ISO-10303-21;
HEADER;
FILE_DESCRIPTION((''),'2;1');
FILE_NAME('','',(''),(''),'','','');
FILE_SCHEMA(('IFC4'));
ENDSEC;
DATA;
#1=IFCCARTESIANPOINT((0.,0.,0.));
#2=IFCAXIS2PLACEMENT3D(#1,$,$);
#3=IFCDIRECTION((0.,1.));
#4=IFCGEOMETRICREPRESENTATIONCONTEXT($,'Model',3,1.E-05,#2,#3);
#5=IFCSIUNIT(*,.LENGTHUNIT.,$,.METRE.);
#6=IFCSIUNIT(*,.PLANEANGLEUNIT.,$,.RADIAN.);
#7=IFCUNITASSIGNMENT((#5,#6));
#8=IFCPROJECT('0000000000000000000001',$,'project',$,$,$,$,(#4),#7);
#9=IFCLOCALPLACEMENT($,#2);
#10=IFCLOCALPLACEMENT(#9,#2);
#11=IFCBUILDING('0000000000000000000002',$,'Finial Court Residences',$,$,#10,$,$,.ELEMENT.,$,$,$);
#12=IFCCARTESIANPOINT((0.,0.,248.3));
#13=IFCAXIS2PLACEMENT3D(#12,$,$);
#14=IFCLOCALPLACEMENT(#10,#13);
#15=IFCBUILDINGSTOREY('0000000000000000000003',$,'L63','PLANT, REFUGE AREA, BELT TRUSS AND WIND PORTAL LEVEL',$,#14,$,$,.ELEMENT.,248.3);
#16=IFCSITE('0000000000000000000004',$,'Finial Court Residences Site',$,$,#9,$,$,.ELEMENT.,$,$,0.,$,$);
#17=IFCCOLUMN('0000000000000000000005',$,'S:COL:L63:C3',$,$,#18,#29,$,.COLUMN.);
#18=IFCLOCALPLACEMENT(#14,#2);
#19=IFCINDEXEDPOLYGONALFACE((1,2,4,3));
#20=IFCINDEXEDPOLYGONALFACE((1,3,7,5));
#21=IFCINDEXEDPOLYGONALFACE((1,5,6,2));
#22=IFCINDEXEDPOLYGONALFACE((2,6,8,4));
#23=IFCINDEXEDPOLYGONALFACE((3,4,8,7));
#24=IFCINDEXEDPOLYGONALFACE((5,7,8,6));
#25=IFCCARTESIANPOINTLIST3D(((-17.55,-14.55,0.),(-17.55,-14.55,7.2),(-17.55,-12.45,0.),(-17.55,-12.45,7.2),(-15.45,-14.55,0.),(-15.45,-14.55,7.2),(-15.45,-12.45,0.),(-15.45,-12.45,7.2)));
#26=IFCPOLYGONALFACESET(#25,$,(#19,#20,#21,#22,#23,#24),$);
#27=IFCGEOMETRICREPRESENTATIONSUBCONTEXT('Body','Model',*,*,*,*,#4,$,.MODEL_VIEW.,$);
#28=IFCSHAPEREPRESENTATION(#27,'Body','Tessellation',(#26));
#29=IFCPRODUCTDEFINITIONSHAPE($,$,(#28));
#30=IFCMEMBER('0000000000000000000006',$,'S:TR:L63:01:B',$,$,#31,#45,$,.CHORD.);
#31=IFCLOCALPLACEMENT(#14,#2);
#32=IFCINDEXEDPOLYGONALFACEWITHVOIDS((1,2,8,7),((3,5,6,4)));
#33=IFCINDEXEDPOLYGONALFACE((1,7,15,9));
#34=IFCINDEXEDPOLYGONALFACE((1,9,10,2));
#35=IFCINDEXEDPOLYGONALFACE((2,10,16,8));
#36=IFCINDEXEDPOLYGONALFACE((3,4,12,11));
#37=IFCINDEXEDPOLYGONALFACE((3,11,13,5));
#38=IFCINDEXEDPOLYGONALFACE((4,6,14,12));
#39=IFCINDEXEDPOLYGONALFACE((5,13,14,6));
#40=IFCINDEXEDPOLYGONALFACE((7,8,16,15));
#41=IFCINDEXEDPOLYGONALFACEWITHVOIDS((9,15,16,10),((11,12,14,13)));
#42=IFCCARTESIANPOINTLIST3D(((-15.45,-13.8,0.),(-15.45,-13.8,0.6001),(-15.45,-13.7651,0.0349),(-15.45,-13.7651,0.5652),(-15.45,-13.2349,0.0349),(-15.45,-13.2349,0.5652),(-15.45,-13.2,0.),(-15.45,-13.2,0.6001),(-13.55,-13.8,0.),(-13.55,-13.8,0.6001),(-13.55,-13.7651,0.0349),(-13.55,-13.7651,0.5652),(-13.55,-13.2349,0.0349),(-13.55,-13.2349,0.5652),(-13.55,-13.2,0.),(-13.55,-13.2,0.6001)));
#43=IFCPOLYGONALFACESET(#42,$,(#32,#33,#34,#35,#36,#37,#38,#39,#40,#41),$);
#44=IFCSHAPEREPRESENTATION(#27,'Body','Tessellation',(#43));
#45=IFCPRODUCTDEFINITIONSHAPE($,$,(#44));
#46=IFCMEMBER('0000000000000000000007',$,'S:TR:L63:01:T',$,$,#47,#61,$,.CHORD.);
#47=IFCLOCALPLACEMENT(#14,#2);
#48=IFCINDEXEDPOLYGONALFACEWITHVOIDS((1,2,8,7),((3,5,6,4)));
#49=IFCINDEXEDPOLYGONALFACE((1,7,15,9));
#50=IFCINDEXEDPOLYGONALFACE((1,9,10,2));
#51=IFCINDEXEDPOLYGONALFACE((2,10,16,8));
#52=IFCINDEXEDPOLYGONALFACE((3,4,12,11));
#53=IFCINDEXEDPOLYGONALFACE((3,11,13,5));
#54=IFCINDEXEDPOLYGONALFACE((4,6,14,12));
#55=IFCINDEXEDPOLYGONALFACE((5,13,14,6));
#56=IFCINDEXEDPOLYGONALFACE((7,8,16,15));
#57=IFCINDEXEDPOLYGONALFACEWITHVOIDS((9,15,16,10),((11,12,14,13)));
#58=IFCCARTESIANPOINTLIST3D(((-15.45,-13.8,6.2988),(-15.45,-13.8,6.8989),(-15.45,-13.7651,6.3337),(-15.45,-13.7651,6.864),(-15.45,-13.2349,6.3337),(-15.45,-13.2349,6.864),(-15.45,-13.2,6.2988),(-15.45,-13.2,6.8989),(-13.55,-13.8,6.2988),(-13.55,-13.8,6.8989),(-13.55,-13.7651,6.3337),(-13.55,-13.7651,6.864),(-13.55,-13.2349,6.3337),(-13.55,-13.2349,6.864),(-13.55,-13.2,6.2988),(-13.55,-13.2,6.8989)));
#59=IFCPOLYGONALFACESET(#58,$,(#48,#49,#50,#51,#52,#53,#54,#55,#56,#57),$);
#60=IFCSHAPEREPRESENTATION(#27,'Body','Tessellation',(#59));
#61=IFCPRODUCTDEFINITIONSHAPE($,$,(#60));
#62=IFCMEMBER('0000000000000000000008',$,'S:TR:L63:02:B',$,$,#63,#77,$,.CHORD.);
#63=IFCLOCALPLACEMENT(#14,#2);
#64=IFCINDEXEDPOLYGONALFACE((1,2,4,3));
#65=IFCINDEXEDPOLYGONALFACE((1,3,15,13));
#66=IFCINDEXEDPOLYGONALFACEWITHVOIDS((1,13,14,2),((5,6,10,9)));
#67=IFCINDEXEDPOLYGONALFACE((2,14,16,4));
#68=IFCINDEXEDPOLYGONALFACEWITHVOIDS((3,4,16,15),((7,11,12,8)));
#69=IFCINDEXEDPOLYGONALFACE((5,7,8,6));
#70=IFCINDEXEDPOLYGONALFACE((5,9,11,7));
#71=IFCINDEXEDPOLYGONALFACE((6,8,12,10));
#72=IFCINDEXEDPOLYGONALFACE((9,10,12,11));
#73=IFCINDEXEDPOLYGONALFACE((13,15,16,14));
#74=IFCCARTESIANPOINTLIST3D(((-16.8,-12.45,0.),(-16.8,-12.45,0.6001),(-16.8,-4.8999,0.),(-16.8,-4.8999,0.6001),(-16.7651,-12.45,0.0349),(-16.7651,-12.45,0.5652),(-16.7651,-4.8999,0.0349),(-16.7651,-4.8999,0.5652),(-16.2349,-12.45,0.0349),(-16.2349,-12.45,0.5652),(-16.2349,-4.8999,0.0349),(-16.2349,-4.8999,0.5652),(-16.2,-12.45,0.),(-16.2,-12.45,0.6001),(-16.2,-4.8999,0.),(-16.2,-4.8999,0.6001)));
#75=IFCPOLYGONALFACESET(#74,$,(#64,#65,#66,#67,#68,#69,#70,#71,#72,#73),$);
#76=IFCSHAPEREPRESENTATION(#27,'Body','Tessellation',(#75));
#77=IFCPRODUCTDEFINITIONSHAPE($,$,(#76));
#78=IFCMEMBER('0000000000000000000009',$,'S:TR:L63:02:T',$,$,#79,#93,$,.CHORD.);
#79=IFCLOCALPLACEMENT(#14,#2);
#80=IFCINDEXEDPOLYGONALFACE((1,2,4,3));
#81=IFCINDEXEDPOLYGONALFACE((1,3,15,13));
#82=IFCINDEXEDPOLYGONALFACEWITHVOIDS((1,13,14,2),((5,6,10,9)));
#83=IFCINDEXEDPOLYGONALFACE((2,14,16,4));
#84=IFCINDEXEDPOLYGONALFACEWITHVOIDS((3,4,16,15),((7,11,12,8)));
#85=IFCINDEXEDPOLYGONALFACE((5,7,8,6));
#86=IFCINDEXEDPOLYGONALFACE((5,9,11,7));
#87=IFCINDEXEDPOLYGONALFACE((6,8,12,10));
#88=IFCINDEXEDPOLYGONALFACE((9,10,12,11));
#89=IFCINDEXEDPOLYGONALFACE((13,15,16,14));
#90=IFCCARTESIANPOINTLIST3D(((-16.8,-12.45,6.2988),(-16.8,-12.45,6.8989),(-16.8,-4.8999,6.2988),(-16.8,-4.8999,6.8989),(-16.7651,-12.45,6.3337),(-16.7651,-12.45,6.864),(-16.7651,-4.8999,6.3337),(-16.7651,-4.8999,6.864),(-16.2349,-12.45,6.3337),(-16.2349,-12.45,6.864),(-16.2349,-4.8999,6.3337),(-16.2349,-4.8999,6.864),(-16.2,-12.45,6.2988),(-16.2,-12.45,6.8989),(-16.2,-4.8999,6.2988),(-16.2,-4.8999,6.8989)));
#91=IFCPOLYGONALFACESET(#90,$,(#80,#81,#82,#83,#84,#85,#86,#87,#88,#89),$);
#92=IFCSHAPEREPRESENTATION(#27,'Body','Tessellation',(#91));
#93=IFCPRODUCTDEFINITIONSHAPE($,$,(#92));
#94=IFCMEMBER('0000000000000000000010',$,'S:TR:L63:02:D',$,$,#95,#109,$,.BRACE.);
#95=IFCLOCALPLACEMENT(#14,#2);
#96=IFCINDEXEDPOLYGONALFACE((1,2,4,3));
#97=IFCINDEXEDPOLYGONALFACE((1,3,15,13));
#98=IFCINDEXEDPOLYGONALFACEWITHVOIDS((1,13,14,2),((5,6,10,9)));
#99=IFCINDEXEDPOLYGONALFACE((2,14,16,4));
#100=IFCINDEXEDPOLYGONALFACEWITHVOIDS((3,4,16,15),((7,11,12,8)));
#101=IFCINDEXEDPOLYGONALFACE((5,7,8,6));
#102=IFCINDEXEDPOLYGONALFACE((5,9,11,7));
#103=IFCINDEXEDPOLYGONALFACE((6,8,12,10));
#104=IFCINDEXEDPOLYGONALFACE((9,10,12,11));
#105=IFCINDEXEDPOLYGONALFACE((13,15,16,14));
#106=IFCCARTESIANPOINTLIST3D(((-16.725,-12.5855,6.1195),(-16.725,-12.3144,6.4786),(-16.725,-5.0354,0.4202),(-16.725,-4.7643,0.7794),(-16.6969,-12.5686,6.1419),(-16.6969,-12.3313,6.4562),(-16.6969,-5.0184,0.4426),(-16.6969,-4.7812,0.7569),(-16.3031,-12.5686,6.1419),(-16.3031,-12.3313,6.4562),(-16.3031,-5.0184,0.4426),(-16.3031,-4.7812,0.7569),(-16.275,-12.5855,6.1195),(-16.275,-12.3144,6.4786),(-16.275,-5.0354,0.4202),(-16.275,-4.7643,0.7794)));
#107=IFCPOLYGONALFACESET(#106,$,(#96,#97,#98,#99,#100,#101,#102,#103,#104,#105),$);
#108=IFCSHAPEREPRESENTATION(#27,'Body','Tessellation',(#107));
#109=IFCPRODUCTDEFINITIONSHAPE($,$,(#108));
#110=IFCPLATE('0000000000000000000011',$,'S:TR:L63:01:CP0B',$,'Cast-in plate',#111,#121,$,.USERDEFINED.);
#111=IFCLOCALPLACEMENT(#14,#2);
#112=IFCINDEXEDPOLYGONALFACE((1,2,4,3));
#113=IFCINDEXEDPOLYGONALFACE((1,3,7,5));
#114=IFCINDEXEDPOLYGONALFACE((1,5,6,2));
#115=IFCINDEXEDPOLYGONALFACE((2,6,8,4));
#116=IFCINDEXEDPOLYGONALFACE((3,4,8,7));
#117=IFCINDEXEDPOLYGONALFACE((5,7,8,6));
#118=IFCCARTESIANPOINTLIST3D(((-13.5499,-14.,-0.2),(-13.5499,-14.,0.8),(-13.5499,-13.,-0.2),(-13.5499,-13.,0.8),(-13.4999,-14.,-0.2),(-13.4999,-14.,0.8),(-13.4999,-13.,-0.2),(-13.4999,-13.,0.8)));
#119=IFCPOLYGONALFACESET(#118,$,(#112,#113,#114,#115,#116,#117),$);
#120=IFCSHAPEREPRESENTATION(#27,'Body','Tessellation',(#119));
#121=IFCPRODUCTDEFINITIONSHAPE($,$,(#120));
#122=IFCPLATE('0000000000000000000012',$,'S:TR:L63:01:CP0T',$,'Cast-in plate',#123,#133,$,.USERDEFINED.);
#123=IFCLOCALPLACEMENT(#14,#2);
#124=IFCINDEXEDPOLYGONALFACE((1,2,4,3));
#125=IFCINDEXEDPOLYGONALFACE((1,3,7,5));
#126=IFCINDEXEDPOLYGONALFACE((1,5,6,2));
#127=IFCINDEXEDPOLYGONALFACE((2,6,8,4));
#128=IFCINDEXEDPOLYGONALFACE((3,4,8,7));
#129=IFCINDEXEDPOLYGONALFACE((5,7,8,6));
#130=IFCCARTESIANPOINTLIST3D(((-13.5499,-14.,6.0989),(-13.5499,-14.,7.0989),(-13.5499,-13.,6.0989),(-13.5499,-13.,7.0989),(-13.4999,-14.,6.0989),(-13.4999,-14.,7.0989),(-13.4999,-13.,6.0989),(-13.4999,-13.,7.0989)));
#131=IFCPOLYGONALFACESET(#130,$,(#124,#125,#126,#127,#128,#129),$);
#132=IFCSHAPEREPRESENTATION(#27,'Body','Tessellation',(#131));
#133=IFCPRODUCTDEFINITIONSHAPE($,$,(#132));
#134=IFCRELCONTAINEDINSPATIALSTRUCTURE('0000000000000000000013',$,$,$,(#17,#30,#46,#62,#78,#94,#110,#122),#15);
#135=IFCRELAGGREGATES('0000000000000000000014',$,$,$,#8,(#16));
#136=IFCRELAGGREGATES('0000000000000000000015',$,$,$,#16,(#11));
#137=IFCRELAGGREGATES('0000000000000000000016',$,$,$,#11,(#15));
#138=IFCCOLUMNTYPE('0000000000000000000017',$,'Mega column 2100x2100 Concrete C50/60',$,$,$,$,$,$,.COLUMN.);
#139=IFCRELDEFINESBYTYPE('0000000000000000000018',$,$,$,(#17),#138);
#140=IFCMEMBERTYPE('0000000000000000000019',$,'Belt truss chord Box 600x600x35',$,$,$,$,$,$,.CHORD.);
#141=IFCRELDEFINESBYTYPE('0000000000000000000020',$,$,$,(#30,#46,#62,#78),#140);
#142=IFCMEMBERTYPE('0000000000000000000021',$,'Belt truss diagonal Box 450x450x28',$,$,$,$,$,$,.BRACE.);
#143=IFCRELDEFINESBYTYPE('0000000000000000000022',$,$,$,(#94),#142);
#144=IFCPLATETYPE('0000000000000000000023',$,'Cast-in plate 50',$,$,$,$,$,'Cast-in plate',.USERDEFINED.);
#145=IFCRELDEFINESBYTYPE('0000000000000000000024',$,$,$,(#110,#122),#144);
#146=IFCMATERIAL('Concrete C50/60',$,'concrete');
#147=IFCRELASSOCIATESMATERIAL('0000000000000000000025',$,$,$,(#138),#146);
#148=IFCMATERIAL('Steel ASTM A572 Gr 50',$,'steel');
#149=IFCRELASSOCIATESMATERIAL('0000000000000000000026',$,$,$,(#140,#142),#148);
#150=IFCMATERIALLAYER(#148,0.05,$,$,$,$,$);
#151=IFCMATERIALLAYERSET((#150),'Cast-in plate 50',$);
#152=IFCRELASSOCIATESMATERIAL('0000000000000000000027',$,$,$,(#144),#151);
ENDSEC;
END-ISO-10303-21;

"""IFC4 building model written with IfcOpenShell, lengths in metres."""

from ifc_helpers import new_model, si_unit, direction, frame, origin, origin_2d, place, context, subcontext, project, spatial, rectangle, hollow_rectangle, extrude, material, layer, layer_set, material_profile, profile_set, type_object, element, save


model = new_model("IFC4")

# Units and contexts
model_context = context("Model", 3, precision=1e-05, world=origin(), true_north=direction((0.0, 1.0)))
body_context = subcontext(model_context, "Body", "Model", "MODEL_VIEW")
ifc_project = project(units=[si_unit("LENGTHUNIT", "METRE"), si_unit("PLANEANGLEUNIT", "RADIAN")], contexts=[model_context])

# Site, building, storey
site_placement = place(None, origin())
site = spatial("IfcSite", under=ifc_project, at=site_placement, Name="Finial Court Residences Site", CompositionType="ELEMENT", RefElevation=0.0)
building_placement = place(site_placement, origin())
building = spatial("IfcBuilding", under=site, at=building_placement, Name="Finial Court Residences", CompositionType="ELEMENT")
storey_placement = place(building_placement, frame((0.0, 0.0, 248.3)))
storey = spatial("IfcBuildingStorey", under=building, at=storey_placement, Name="L63", Description="PLANT, REFUGE AREA, BELT TRUSS AND WIND PORTAL LEVEL", CompositionType="ELEMENT", Elevation=248.3)

# Column
ifc_material_1 = material(Name="Concrete C50/60", Category="concrete")
ifc_material_profile_1 = material_profile(ifc_material_1, rectangle(XDim=2.1001, YDim=2.1001, at=origin_2d()), Name="2100x2100")
ifc_profile_set_1 = profile_set([ifc_material_profile_1], Name="Concrete C50/60")
column_type = type_object("IfcColumnType", Name="Mega column 2100x2100 Concrete C50/60", PredefinedType="COLUMN", material=ifc_profile_set_1)
column_placement = place(storey_placement, frame((-16.5, -13.5, 0.0), z_axis=(0.0, 0.0, 1.0), x_axis=(1.0, 0.0, 0.0)))
element("IfcColumn", 1, at=column_placement, inside=storey, type_object=column_type, Name="S:COL:L63:C3", PredefinedType="COLUMN", context=body_context, shape_type="SweptSolid", body=[
    extrude(rectangle(XDim=2.1001, YDim=2.1001, at=origin_2d()), origin(), (0.0, 0.0, 1.0), 7.2),
])

# Members
ifc_material_2 = material(Name="Steel ASTM A572 Gr 50", Category="steel")
ifc_material_profile_2 = material_profile(ifc_material_2, hollow_rectangle(XDim=0.6001, YDim=0.6001, WallThickness=0.0349, at=origin_2d()), Name="Box 600x600x35")
ifc_profile_set_2 = profile_set([ifc_material_profile_2], Name="Steel ASTM A572 Gr 50")
member_type_1 = type_object("IfcMemberType", Name="Belt truss chord Box 600x600x35", PredefinedType="CHORD", material=ifc_profile_set_2)
for number, where, z_axis, x_axis, name in (
    (2, (-13.55, -13.5, 0.3), (-1.0, 0.0, 0.0), (0.0, -1.0, 0.0), "S:TR:L63:01:B"),
    (3, (-13.55, -13.5, 6.5989), (-1.0, 0.0, 0.0), (0.0, -1.0, 0.0), "S:TR:L63:01:T"),
):
    element("IfcMember", number, at=place(storey_placement, frame(where, z_axis=z_axis, x_axis=x_axis)), inside=storey, type_object=member_type_1, Name=name, PredefinedType="CHORD", context=body_context, shape_type="SweptSolid", body=[
        extrude(hollow_rectangle(XDim=0.6001, YDim=0.6001, WallThickness=0.0349, at=origin_2d()), origin(), (0.0, 0.0, 1.0), 1.8999),
    ])
for number, where, z_axis, x_axis, name in (
    (4, (-16.5, -12.45, 0.3), (0.0, 1.0, 0.0), (-1.0, 0.0, 0.0), "S:TR:L63:02:B"),
    (5, (-16.5, -12.45, 6.5989), (0.0, 1.0, 0.0), (-1.0, 0.0, 0.0), "S:TR:L63:02:T"),
):
    element("IfcMember", number, at=place(storey_placement, frame(where, z_axis=z_axis, x_axis=x_axis)), inside=storey, type_object=member_type_1, Name=name, PredefinedType="CHORD", context=body_context, shape_type="SweptSolid", body=[
        extrude(hollow_rectangle(XDim=0.6001, YDim=0.6001, WallThickness=0.0349, at=origin_2d()), origin(), (0.0, 0.0, 1.0), 7.55),
    ])
ifc_material_profile_3 = material_profile(ifc_material_2, hollow_rectangle(XDim=0.45, YDim=0.45, WallThickness=0.0281, at=origin_2d()), Name="Box 450x450x28")
ifc_profile_set_3 = profile_set([ifc_material_profile_3], Name="Steel ASTM A572 Gr 50")
member_type_2 = type_object("IfcMemberType", Name="Belt truss diagonal Box 450x450x28", PredefinedType="BRACE", material=ifc_profile_set_3)
member_placement = place(storey_placement, frame((-16.5, -12.45, 6.2991), z_axis=(0.0, 0.798135, -0.602479), x_axis=(-1.0, 0.0, 0.0)))
element("IfcMember", 6, at=member_placement, inside=storey, type_object=member_type_2, Name="S:TR:L63:02:D", PredefinedType="BRACE", context=body_context, shape_type="SweptSolid", body=[
    extrude(hollow_rectangle(XDim=0.45, YDim=0.45, WallThickness=0.0281, at=origin_2d()), origin(), (0.0, 0.0, 1.0), 9.4597),
])

# Plates
ifc_layer_1 = layer(ifc_material_2, 0.05)
ifc_layer_set_1 = layer_set([ifc_layer_1], Name="Cast-in plate 50")
plate_type = type_object("IfcPlateType", Name="Cast-in plate 50", ElementType="Cast-in plate", PredefinedType="USERDEFINED", material=ifc_layer_set_1)
for number, where, z_axis, x_axis, name in (
    (7, (-13.5249, -13.5, -0.2), (0.0, 0.0, 1.0), (1.0, 0.0, 0.0), "S:TR:L63:01:CP0B"),
    (8, (-13.5249, -13.5, 6.0989), (0.0, 0.0, 1.0), (1.0, 0.0, 0.0), "S:TR:L63:01:CP0T"),
):
    element("IfcPlate", number, at=place(storey_placement, frame(where, z_axis=z_axis, x_axis=x_axis)), inside=storey, type_object=plate_type, Name=name, ObjectType="Cast-in plate", PredefinedType="USERDEFINED", context=body_context, shape_type="SweptSolid", body=[
        extrude(rectangle(XDim=0.05, YDim=1.0, at=origin_2d()), origin(), (0.0, 0.0, 1.0), 1.0),
    ])

save(model, "model.ifc")
